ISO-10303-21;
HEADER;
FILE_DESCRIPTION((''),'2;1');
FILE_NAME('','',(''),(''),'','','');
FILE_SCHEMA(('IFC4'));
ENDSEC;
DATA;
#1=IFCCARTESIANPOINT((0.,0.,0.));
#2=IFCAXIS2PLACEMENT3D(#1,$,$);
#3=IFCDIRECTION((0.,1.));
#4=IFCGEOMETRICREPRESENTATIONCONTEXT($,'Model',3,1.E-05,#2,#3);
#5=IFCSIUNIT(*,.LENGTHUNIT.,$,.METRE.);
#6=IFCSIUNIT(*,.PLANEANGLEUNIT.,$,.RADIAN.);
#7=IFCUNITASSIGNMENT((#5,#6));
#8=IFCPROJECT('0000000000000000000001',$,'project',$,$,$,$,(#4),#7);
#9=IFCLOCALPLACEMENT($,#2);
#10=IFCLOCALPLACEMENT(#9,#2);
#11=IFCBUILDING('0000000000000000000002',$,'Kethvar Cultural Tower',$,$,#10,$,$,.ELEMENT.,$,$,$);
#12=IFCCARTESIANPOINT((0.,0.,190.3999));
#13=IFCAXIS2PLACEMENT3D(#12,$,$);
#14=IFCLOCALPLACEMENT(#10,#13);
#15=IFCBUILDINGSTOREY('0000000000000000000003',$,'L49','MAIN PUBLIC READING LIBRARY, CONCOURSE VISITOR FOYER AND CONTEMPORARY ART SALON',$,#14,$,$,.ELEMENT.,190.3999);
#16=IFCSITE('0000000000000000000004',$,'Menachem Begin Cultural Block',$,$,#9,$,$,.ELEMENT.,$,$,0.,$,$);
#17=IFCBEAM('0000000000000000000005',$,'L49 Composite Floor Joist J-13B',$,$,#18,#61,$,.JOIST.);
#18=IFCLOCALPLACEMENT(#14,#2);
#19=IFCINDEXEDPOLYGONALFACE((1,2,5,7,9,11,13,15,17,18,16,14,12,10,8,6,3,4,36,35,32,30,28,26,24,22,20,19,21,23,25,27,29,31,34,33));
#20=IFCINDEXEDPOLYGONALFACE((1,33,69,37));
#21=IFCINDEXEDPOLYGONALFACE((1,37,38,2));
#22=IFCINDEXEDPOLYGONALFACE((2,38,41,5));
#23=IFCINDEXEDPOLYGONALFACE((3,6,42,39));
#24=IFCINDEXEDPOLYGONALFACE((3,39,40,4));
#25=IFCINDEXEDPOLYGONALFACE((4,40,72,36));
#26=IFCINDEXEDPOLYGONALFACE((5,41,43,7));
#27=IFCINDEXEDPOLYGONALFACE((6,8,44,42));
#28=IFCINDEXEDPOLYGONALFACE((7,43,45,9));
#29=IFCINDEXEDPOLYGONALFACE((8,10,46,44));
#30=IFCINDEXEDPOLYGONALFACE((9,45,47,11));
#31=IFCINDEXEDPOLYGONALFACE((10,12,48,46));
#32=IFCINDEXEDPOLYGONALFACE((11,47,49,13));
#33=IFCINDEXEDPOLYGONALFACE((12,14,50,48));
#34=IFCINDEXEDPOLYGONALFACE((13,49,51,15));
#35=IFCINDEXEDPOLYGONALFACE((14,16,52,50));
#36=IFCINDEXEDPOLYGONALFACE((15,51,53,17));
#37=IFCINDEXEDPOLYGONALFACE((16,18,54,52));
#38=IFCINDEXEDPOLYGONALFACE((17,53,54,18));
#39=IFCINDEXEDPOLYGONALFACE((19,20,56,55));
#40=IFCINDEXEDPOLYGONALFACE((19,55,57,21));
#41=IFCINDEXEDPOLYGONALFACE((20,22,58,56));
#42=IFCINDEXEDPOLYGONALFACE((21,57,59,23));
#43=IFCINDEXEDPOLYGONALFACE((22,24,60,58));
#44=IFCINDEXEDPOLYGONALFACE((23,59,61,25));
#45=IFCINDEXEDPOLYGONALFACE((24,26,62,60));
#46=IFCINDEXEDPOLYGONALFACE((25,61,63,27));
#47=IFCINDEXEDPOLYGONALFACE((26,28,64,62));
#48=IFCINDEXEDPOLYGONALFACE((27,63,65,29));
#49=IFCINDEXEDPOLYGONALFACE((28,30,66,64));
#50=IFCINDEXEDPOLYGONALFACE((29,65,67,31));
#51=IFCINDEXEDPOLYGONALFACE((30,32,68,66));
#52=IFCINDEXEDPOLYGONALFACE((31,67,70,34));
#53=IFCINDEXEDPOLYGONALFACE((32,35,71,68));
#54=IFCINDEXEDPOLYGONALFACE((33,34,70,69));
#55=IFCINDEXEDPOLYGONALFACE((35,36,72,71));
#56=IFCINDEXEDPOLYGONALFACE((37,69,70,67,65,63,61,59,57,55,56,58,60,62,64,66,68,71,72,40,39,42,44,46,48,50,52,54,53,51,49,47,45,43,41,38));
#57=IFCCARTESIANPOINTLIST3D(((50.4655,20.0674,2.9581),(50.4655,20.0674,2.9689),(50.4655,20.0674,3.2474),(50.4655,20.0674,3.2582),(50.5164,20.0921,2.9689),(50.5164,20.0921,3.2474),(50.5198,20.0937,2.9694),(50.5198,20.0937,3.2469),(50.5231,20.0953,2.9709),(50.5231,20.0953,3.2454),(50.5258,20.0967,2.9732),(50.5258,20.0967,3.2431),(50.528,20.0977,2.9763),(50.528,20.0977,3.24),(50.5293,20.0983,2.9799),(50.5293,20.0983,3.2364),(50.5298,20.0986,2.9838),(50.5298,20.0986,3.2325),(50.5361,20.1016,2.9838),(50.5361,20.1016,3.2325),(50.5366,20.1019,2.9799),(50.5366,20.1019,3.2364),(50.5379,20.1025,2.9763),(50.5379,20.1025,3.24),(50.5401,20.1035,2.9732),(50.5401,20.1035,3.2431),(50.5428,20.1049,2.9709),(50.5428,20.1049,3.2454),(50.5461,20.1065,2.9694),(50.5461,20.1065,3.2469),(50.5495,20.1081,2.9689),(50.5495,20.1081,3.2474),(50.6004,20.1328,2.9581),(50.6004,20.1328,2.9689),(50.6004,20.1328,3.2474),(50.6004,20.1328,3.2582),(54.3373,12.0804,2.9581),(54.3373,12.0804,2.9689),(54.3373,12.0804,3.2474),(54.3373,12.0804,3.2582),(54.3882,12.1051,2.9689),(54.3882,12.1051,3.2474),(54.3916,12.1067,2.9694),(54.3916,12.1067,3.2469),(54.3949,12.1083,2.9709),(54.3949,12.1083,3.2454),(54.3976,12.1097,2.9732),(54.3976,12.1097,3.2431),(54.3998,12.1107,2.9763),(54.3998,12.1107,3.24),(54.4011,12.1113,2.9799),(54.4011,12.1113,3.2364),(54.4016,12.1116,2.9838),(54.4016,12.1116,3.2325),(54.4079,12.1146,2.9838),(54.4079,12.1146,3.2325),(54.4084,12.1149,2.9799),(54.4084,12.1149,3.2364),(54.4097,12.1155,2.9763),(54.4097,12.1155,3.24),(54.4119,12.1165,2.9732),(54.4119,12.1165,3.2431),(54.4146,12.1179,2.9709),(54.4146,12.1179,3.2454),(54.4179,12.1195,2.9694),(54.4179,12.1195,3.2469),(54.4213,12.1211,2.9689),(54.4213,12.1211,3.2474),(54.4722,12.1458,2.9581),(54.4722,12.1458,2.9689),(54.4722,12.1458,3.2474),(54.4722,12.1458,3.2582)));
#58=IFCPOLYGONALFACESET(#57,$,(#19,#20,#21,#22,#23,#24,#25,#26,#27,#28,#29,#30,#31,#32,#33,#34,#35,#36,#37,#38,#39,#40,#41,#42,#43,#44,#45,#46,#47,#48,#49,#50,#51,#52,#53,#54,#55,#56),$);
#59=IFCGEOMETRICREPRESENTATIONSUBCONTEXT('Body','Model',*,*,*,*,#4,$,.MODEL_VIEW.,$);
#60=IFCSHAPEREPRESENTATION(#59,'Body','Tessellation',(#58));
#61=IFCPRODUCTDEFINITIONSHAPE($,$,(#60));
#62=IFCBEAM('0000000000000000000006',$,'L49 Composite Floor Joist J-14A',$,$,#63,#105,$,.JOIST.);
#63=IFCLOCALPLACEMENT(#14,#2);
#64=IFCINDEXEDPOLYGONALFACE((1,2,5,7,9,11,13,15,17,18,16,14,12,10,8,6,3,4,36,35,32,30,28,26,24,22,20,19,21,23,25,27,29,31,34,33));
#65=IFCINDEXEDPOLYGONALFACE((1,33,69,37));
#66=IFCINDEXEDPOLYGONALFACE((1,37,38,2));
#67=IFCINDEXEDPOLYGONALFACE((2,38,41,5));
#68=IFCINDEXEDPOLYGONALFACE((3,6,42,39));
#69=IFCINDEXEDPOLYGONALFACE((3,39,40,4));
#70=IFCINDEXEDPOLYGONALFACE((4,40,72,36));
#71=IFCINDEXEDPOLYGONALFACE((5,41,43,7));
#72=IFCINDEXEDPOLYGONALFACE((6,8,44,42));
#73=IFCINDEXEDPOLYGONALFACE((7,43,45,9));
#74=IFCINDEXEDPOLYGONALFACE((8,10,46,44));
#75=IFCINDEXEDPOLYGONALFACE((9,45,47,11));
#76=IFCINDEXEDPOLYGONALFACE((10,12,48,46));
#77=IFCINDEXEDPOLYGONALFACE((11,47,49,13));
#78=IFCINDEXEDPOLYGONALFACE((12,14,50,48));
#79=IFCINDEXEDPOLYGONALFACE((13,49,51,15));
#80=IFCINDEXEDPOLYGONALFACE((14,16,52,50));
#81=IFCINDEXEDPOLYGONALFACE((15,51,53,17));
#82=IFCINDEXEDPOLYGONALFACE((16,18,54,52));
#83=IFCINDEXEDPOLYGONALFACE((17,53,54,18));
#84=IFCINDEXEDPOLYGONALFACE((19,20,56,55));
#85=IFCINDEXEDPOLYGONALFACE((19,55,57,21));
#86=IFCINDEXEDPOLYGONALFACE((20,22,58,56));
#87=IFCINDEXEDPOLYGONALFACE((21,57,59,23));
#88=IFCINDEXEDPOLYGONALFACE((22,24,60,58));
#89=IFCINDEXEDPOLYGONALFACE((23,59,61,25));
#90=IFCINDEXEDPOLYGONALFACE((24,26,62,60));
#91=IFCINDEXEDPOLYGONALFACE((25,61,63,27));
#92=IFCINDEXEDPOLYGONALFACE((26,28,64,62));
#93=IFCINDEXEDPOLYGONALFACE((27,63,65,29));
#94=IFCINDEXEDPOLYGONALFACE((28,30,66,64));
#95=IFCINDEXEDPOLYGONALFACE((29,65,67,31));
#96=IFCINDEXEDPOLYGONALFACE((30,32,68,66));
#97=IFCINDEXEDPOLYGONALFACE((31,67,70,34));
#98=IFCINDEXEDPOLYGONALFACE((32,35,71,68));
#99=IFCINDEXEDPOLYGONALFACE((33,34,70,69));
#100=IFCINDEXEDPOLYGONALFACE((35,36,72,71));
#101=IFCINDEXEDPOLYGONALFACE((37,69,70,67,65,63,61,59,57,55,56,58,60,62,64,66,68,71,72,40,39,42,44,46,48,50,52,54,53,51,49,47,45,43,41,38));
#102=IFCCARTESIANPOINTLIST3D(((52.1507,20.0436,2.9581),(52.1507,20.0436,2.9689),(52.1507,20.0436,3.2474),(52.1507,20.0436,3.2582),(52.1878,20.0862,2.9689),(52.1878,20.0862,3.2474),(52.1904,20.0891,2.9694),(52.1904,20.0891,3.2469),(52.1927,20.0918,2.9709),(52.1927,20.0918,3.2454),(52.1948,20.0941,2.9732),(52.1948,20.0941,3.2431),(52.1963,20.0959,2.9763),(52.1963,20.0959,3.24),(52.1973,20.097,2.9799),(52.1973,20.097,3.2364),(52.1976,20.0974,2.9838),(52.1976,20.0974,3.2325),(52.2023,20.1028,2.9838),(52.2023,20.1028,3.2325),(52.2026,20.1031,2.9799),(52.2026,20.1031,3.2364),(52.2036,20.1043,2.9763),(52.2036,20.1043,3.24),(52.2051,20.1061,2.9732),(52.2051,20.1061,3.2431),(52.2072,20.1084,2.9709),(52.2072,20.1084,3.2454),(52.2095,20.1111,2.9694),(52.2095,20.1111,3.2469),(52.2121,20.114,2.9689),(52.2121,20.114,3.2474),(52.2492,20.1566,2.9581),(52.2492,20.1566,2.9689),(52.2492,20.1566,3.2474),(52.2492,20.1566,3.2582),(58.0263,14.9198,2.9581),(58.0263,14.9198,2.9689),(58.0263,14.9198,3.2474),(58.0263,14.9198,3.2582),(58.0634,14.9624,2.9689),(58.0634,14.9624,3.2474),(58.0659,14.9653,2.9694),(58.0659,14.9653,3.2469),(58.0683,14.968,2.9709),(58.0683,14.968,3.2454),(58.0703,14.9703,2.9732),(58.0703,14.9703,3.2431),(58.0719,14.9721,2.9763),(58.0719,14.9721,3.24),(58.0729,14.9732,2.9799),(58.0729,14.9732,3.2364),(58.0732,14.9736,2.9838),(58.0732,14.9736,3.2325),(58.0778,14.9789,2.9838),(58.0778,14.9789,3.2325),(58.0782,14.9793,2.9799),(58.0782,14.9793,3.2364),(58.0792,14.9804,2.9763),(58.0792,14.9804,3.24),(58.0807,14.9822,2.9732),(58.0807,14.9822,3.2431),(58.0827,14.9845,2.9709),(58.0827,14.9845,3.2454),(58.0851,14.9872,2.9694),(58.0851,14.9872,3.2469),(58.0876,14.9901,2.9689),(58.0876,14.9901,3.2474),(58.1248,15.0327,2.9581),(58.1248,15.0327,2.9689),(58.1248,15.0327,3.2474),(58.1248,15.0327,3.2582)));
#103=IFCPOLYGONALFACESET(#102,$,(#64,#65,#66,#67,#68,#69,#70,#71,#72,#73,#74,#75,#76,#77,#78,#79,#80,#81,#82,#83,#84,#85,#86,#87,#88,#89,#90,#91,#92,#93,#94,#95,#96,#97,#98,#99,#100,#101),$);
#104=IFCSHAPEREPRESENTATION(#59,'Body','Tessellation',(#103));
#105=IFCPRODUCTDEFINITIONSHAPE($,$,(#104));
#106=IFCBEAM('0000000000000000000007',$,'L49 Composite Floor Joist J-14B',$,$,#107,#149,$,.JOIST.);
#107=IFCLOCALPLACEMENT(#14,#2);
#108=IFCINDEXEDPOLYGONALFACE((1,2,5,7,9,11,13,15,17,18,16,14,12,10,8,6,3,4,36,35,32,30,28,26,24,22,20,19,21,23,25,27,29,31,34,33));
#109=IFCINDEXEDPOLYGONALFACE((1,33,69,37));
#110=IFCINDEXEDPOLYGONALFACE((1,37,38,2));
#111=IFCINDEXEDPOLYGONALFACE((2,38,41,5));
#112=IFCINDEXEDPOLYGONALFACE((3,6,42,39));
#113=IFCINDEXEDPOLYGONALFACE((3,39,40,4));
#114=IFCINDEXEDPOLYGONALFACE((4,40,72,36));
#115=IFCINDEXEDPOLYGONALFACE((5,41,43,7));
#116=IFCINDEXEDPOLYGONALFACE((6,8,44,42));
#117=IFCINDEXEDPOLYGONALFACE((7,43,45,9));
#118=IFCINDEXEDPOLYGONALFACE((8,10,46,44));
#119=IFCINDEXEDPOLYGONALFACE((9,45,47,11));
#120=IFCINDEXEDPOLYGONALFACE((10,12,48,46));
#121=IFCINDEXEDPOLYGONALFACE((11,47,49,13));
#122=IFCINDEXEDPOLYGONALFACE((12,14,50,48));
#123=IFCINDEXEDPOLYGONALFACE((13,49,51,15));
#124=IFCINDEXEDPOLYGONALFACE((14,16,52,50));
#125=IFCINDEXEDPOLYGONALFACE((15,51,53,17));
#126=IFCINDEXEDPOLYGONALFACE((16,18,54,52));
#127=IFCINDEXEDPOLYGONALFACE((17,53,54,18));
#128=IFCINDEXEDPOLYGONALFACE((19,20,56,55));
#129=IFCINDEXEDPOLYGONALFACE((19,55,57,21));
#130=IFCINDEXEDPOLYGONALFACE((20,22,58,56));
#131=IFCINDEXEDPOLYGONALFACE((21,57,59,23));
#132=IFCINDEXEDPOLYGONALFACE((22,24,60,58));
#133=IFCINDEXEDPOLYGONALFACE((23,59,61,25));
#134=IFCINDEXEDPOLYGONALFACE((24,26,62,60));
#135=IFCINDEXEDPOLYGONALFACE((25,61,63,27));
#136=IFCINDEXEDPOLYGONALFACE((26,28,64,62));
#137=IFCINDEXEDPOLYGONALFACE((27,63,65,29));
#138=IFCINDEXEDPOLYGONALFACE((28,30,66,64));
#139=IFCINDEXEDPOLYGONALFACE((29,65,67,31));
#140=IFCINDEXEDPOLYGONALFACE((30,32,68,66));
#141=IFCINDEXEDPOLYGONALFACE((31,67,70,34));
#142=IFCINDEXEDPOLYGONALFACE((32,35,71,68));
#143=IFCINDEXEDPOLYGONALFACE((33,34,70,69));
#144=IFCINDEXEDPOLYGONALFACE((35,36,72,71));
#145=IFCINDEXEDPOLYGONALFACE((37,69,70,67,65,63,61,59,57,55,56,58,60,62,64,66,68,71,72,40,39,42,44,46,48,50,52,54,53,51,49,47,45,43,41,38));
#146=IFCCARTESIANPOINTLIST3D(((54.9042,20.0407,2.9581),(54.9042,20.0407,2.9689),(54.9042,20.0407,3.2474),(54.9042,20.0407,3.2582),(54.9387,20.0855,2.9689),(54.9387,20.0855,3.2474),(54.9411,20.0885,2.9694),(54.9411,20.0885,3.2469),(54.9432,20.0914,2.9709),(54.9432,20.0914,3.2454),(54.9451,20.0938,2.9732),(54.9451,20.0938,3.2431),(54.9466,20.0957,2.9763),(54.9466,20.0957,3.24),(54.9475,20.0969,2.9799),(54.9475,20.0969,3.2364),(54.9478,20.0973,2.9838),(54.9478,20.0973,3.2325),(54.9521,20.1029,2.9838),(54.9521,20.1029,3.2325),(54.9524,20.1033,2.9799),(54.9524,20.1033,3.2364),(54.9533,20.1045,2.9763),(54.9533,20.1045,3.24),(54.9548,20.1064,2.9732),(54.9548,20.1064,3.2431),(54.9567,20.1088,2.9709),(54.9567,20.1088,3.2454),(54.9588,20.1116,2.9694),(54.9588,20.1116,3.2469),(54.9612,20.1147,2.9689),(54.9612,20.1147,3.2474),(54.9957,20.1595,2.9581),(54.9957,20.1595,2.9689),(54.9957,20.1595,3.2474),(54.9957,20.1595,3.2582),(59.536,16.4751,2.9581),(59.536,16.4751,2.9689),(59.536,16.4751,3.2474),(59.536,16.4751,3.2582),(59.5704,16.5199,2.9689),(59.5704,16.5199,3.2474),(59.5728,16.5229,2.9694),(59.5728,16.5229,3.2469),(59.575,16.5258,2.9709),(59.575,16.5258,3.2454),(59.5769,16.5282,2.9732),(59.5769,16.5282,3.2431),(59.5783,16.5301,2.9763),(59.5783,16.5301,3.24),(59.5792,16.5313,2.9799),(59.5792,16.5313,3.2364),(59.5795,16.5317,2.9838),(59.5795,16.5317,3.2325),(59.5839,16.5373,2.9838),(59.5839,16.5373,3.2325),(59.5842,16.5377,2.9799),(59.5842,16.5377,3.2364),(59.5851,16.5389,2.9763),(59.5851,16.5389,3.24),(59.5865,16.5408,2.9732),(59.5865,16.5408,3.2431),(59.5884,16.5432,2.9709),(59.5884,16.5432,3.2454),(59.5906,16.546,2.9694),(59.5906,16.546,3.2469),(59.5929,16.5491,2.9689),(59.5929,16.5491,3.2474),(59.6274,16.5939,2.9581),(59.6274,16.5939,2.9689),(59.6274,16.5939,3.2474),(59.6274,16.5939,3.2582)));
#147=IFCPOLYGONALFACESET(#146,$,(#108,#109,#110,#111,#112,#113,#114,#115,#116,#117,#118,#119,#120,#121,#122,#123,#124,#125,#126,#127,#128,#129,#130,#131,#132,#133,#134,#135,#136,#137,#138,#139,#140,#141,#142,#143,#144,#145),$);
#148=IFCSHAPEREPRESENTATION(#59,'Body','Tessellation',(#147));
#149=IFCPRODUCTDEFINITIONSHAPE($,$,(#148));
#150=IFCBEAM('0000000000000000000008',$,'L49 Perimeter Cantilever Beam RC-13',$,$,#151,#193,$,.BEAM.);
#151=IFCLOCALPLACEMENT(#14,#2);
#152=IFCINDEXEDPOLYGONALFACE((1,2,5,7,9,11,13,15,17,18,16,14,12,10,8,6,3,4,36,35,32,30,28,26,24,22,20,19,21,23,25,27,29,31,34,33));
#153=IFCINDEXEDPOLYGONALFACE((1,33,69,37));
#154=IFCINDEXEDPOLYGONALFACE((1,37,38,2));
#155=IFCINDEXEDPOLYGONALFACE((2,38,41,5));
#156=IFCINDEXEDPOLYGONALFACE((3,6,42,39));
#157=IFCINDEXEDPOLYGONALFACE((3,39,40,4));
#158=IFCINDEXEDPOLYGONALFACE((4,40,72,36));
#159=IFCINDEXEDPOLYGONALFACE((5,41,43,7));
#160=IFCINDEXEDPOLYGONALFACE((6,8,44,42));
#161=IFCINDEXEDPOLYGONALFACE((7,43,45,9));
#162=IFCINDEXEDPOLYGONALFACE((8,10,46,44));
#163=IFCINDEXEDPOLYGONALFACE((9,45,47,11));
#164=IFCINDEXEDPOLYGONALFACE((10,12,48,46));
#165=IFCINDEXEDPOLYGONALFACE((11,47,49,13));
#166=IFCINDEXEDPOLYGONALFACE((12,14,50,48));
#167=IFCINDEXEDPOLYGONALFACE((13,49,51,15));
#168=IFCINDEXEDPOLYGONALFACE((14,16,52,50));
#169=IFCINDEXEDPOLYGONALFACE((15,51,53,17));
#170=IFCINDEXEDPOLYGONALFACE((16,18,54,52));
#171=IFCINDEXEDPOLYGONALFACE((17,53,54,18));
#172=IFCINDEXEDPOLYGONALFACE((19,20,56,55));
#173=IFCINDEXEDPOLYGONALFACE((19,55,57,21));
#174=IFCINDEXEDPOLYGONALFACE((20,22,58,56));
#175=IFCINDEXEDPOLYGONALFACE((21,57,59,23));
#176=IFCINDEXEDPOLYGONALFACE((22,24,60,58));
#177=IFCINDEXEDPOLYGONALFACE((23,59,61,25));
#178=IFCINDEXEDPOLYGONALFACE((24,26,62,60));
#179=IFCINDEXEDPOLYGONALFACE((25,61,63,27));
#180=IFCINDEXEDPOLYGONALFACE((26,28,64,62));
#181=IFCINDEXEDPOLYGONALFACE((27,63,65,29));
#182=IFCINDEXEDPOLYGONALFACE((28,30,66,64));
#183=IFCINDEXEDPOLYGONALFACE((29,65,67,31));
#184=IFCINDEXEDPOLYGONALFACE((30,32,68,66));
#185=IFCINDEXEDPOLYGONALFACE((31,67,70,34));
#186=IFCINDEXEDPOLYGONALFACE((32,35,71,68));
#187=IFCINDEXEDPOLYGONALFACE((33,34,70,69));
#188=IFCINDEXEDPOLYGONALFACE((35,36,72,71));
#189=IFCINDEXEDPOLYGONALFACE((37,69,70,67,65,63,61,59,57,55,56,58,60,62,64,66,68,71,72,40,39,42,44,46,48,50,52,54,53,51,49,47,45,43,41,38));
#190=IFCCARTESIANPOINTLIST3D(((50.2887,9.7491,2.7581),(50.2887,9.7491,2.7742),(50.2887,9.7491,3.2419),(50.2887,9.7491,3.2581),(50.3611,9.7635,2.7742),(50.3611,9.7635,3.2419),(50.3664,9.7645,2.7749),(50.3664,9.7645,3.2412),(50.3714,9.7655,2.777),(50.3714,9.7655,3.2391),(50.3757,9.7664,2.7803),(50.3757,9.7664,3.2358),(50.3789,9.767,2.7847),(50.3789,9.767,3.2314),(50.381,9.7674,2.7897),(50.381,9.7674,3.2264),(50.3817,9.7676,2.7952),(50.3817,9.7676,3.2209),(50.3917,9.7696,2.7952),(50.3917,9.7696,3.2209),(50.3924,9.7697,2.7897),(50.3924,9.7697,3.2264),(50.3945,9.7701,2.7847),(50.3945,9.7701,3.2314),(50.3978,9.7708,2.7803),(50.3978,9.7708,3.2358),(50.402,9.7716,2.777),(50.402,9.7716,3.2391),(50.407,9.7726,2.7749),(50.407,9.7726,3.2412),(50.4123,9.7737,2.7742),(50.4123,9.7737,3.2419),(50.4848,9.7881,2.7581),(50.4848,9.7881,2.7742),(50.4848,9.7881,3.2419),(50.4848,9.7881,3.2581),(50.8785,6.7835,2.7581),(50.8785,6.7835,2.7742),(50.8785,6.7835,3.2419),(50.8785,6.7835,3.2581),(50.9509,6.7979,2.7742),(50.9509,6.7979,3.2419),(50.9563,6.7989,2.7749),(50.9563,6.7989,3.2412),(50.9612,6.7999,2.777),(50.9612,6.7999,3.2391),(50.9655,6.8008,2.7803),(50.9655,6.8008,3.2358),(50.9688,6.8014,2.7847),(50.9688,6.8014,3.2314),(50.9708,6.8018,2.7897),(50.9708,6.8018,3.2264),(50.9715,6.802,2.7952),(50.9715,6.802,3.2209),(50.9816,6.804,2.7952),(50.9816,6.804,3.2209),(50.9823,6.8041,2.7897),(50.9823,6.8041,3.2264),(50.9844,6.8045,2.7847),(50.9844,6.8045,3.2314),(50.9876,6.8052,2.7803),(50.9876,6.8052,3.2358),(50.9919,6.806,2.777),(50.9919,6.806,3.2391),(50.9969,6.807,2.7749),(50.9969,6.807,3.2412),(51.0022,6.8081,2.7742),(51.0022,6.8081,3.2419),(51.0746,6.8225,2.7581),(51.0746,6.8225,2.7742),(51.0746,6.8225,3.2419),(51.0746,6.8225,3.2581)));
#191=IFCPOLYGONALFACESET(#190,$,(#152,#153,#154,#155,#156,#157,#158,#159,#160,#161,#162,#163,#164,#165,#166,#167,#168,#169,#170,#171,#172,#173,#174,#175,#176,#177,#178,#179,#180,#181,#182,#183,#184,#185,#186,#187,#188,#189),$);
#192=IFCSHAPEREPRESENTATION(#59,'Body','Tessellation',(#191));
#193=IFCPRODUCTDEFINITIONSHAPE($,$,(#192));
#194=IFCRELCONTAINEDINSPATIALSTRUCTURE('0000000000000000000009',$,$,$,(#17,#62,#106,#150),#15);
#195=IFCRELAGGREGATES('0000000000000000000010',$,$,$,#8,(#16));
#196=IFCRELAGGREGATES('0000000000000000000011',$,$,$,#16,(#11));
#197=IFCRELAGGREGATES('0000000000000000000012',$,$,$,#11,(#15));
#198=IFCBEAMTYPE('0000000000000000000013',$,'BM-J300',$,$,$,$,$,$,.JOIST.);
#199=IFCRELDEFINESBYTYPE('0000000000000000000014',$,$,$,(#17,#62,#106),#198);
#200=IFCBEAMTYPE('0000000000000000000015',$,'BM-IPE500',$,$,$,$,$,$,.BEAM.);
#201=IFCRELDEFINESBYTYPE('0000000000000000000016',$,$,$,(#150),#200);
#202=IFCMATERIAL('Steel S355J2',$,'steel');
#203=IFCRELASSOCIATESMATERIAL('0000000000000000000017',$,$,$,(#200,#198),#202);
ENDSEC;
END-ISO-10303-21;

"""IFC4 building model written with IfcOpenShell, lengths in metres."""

from ifc_helpers import new_model, si_unit, direction, frame, origin, origin_2d, place, context, subcontext, project, spatial, i_section, extrude, source, transform, mapped, material, material_profile, profile_set, type_object, element, save


model = new_model("IFC4")

# Units and contexts
model_context = context("Model", 3, precision=1e-05, world=origin(), true_north=direction((0.0, 1.0)))
body_context = subcontext(model_context, "Body", "Model", "MODEL_VIEW")
ifc_project = project(units=[si_unit("LENGTHUNIT", "METRE"), si_unit("PLANEANGLEUNIT", "RADIAN")], contexts=[model_context])

# Site, building, storey
site_placement = place(None, origin())
site = spatial("IfcSite", under=ifc_project, at=site_placement, Name="Menachem Begin Cultural Block", CompositionType="ELEMENT", RefElevation=0.0)
building_placement = place(site_placement, origin())
building = spatial("IfcBuilding", under=site, at=building_placement, Name="Kethvar Cultural Tower", CompositionType="ELEMENT")
storey_placement = place(building_placement, frame((0.0, 0.0, 190.3999)))
storey = spatial("IfcBuildingStorey", under=building, at=storey_placement, Name="L49", Description="MAIN PUBLIC READING LIBRARY, CONCOURSE VISITOR FOYER AND CONTEMPORARY ART SALON", CompositionType="ELEMENT", Elevation=190.3999)

# Beams
ifc_material_1 = material(Name="Steel S355J2", Category="steel")
ifc_material_profile_1 = material_profile(ifc_material_1, i_section(OverallWidth=0.2, OverallDepth=0.5, WebThickness=0.0103, FlangeThickness=0.0161, FilletRadius=0.021, at=origin_2d()), Name="Steel S355J2 — IPE500")
ifc_profile_set_1 = profile_set([ifc_material_profile_1], Name="Steel S355J2 — IPE500")
beam_type_1 = type_object("IfcBeamType", Name="BM-IPE500", PredefinedType="BEAM", material=ifc_profile_set_1)
ifc_material_profile_2 = material_profile(ifc_material_1, i_section(OverallWidth=0.1499, OverallDepth=0.3, WebThickness=0.0071, FlangeThickness=0.0107, FilletRadius=0.0149, at=origin_2d()), Name="Steel S355J2 — IPE300")
ifc_profile_set_2 = profile_set([ifc_material_profile_2], Name="Steel S355J2 — IPE300")
beam_type_2 = type_object("IfcBeamType", Name="BM-J300", PredefinedType="JOIST", material=ifc_profile_set_2)
shared_shape_1 = source(origin(), body_context, "Body", "SweptSolid", [
    extrude(i_section(OverallWidth=0.1499, OverallDepth=0.3, WebThickness=0.0071, FlangeThickness=0.0107, FilletRadius=0.0149, at=origin_2d()), origin(), (0.0, 0.0, 1.0), 8.876),
])
beam_1_placement = place(storey_placement, frame((50.533, 20.1001, 3.1082), z_axis=(0.436211, -0.899845, 0.0), x_axis=(0.899845, 0.436211, 0.0)))
element("IfcBeam", 1, at=beam_1_placement, inside=storey, type_object=beam_type_2, Name="L49 Composite Floor Joist J-13B", PredefinedType="JOIST", context=body_context, shape_type="MappedRepresentation", body=[
    mapped(shared_shape_1, transform((0.0, 0.0, 0.0), scale=1.0)),
])
shared_shape_2 = source(origin(), body_context, "Body", "SweptSolid", [
    extrude(i_section(OverallWidth=0.1499, OverallDepth=0.3, WebThickness=0.0071, FlangeThickness=0.0107, FilletRadius=0.0149, at=origin_2d()), origin(), (0.0, 0.0, 1.0), 7.7959),
])
beam_2_placement = place(storey_placement, frame((52.2, 20.1001, 3.1082), z_axis=(0.753674, -0.657249, 0.0), x_axis=(0.657249, 0.753674, 0.0)))
element("IfcBeam", 2, at=beam_2_placement, inside=storey, type_object=beam_type_2, Name="L49 Composite Floor Joist J-14A", PredefinedType="JOIST", context=body_context, shape_type="MappedRepresentation", body=[
    mapped(shared_shape_2, transform((0.0, 0.0, 0.0), scale=1.0)),
])
shared_shape_3 = source(origin(), body_context, "Body", "SweptSolid", [
    extrude(i_section(OverallWidth=0.1499, OverallDepth=0.3, WebThickness=0.0071, FlangeThickness=0.0107, FilletRadius=0.0149, at=origin_2d()), origin(), (0.0, 0.0, 1.0), 5.8452),
])
beam_3_placement = place(storey_placement, frame((54.95, 20.1001, 3.1082), z_axis=(0.792399, -0.610003, 0.0), x_axis=(0.610003, 0.792399, 0.0)))
element("IfcBeam", 3, at=beam_3_placement, inside=storey, type_object=beam_type_2, Name="L49 Composite Floor Joist J-14B", PredefinedType="JOIST", context=body_context, shape_type="MappedRepresentation", body=[
    mapped(shared_shape_3, transform((0.0, 0.0, 0.0), scale=1.0)),
])
shared_shape_4 = source(origin(), body_context, "Body", "SweptSolid", [
    extrude(i_section(OverallWidth=0.2, OverallDepth=0.5, WebThickness=0.0103, FlangeThickness=0.0161, FilletRadius=0.021, at=origin_2d()), origin(), (0.0, 0.0, 1.0), 3.0237),
])
beam_4_placement = place(storey_placement, frame((50.3867, 9.7686, 3.0081), z_axis=(0.195076, -0.980788, 0.0), x_axis=(0.980788, 0.195076, 0.0)))
element("IfcBeam", 4, at=beam_4_placement, inside=storey, type_object=beam_type_1, Name="L49 Perimeter Cantilever Beam RC-13", PredefinedType="BEAM", context=body_context, shape_type="MappedRepresentation", body=[
    mapped(shared_shape_4, transform((0.0, 0.0, 0.0), scale=1.0)),
])

save(model, "model.ifc")
